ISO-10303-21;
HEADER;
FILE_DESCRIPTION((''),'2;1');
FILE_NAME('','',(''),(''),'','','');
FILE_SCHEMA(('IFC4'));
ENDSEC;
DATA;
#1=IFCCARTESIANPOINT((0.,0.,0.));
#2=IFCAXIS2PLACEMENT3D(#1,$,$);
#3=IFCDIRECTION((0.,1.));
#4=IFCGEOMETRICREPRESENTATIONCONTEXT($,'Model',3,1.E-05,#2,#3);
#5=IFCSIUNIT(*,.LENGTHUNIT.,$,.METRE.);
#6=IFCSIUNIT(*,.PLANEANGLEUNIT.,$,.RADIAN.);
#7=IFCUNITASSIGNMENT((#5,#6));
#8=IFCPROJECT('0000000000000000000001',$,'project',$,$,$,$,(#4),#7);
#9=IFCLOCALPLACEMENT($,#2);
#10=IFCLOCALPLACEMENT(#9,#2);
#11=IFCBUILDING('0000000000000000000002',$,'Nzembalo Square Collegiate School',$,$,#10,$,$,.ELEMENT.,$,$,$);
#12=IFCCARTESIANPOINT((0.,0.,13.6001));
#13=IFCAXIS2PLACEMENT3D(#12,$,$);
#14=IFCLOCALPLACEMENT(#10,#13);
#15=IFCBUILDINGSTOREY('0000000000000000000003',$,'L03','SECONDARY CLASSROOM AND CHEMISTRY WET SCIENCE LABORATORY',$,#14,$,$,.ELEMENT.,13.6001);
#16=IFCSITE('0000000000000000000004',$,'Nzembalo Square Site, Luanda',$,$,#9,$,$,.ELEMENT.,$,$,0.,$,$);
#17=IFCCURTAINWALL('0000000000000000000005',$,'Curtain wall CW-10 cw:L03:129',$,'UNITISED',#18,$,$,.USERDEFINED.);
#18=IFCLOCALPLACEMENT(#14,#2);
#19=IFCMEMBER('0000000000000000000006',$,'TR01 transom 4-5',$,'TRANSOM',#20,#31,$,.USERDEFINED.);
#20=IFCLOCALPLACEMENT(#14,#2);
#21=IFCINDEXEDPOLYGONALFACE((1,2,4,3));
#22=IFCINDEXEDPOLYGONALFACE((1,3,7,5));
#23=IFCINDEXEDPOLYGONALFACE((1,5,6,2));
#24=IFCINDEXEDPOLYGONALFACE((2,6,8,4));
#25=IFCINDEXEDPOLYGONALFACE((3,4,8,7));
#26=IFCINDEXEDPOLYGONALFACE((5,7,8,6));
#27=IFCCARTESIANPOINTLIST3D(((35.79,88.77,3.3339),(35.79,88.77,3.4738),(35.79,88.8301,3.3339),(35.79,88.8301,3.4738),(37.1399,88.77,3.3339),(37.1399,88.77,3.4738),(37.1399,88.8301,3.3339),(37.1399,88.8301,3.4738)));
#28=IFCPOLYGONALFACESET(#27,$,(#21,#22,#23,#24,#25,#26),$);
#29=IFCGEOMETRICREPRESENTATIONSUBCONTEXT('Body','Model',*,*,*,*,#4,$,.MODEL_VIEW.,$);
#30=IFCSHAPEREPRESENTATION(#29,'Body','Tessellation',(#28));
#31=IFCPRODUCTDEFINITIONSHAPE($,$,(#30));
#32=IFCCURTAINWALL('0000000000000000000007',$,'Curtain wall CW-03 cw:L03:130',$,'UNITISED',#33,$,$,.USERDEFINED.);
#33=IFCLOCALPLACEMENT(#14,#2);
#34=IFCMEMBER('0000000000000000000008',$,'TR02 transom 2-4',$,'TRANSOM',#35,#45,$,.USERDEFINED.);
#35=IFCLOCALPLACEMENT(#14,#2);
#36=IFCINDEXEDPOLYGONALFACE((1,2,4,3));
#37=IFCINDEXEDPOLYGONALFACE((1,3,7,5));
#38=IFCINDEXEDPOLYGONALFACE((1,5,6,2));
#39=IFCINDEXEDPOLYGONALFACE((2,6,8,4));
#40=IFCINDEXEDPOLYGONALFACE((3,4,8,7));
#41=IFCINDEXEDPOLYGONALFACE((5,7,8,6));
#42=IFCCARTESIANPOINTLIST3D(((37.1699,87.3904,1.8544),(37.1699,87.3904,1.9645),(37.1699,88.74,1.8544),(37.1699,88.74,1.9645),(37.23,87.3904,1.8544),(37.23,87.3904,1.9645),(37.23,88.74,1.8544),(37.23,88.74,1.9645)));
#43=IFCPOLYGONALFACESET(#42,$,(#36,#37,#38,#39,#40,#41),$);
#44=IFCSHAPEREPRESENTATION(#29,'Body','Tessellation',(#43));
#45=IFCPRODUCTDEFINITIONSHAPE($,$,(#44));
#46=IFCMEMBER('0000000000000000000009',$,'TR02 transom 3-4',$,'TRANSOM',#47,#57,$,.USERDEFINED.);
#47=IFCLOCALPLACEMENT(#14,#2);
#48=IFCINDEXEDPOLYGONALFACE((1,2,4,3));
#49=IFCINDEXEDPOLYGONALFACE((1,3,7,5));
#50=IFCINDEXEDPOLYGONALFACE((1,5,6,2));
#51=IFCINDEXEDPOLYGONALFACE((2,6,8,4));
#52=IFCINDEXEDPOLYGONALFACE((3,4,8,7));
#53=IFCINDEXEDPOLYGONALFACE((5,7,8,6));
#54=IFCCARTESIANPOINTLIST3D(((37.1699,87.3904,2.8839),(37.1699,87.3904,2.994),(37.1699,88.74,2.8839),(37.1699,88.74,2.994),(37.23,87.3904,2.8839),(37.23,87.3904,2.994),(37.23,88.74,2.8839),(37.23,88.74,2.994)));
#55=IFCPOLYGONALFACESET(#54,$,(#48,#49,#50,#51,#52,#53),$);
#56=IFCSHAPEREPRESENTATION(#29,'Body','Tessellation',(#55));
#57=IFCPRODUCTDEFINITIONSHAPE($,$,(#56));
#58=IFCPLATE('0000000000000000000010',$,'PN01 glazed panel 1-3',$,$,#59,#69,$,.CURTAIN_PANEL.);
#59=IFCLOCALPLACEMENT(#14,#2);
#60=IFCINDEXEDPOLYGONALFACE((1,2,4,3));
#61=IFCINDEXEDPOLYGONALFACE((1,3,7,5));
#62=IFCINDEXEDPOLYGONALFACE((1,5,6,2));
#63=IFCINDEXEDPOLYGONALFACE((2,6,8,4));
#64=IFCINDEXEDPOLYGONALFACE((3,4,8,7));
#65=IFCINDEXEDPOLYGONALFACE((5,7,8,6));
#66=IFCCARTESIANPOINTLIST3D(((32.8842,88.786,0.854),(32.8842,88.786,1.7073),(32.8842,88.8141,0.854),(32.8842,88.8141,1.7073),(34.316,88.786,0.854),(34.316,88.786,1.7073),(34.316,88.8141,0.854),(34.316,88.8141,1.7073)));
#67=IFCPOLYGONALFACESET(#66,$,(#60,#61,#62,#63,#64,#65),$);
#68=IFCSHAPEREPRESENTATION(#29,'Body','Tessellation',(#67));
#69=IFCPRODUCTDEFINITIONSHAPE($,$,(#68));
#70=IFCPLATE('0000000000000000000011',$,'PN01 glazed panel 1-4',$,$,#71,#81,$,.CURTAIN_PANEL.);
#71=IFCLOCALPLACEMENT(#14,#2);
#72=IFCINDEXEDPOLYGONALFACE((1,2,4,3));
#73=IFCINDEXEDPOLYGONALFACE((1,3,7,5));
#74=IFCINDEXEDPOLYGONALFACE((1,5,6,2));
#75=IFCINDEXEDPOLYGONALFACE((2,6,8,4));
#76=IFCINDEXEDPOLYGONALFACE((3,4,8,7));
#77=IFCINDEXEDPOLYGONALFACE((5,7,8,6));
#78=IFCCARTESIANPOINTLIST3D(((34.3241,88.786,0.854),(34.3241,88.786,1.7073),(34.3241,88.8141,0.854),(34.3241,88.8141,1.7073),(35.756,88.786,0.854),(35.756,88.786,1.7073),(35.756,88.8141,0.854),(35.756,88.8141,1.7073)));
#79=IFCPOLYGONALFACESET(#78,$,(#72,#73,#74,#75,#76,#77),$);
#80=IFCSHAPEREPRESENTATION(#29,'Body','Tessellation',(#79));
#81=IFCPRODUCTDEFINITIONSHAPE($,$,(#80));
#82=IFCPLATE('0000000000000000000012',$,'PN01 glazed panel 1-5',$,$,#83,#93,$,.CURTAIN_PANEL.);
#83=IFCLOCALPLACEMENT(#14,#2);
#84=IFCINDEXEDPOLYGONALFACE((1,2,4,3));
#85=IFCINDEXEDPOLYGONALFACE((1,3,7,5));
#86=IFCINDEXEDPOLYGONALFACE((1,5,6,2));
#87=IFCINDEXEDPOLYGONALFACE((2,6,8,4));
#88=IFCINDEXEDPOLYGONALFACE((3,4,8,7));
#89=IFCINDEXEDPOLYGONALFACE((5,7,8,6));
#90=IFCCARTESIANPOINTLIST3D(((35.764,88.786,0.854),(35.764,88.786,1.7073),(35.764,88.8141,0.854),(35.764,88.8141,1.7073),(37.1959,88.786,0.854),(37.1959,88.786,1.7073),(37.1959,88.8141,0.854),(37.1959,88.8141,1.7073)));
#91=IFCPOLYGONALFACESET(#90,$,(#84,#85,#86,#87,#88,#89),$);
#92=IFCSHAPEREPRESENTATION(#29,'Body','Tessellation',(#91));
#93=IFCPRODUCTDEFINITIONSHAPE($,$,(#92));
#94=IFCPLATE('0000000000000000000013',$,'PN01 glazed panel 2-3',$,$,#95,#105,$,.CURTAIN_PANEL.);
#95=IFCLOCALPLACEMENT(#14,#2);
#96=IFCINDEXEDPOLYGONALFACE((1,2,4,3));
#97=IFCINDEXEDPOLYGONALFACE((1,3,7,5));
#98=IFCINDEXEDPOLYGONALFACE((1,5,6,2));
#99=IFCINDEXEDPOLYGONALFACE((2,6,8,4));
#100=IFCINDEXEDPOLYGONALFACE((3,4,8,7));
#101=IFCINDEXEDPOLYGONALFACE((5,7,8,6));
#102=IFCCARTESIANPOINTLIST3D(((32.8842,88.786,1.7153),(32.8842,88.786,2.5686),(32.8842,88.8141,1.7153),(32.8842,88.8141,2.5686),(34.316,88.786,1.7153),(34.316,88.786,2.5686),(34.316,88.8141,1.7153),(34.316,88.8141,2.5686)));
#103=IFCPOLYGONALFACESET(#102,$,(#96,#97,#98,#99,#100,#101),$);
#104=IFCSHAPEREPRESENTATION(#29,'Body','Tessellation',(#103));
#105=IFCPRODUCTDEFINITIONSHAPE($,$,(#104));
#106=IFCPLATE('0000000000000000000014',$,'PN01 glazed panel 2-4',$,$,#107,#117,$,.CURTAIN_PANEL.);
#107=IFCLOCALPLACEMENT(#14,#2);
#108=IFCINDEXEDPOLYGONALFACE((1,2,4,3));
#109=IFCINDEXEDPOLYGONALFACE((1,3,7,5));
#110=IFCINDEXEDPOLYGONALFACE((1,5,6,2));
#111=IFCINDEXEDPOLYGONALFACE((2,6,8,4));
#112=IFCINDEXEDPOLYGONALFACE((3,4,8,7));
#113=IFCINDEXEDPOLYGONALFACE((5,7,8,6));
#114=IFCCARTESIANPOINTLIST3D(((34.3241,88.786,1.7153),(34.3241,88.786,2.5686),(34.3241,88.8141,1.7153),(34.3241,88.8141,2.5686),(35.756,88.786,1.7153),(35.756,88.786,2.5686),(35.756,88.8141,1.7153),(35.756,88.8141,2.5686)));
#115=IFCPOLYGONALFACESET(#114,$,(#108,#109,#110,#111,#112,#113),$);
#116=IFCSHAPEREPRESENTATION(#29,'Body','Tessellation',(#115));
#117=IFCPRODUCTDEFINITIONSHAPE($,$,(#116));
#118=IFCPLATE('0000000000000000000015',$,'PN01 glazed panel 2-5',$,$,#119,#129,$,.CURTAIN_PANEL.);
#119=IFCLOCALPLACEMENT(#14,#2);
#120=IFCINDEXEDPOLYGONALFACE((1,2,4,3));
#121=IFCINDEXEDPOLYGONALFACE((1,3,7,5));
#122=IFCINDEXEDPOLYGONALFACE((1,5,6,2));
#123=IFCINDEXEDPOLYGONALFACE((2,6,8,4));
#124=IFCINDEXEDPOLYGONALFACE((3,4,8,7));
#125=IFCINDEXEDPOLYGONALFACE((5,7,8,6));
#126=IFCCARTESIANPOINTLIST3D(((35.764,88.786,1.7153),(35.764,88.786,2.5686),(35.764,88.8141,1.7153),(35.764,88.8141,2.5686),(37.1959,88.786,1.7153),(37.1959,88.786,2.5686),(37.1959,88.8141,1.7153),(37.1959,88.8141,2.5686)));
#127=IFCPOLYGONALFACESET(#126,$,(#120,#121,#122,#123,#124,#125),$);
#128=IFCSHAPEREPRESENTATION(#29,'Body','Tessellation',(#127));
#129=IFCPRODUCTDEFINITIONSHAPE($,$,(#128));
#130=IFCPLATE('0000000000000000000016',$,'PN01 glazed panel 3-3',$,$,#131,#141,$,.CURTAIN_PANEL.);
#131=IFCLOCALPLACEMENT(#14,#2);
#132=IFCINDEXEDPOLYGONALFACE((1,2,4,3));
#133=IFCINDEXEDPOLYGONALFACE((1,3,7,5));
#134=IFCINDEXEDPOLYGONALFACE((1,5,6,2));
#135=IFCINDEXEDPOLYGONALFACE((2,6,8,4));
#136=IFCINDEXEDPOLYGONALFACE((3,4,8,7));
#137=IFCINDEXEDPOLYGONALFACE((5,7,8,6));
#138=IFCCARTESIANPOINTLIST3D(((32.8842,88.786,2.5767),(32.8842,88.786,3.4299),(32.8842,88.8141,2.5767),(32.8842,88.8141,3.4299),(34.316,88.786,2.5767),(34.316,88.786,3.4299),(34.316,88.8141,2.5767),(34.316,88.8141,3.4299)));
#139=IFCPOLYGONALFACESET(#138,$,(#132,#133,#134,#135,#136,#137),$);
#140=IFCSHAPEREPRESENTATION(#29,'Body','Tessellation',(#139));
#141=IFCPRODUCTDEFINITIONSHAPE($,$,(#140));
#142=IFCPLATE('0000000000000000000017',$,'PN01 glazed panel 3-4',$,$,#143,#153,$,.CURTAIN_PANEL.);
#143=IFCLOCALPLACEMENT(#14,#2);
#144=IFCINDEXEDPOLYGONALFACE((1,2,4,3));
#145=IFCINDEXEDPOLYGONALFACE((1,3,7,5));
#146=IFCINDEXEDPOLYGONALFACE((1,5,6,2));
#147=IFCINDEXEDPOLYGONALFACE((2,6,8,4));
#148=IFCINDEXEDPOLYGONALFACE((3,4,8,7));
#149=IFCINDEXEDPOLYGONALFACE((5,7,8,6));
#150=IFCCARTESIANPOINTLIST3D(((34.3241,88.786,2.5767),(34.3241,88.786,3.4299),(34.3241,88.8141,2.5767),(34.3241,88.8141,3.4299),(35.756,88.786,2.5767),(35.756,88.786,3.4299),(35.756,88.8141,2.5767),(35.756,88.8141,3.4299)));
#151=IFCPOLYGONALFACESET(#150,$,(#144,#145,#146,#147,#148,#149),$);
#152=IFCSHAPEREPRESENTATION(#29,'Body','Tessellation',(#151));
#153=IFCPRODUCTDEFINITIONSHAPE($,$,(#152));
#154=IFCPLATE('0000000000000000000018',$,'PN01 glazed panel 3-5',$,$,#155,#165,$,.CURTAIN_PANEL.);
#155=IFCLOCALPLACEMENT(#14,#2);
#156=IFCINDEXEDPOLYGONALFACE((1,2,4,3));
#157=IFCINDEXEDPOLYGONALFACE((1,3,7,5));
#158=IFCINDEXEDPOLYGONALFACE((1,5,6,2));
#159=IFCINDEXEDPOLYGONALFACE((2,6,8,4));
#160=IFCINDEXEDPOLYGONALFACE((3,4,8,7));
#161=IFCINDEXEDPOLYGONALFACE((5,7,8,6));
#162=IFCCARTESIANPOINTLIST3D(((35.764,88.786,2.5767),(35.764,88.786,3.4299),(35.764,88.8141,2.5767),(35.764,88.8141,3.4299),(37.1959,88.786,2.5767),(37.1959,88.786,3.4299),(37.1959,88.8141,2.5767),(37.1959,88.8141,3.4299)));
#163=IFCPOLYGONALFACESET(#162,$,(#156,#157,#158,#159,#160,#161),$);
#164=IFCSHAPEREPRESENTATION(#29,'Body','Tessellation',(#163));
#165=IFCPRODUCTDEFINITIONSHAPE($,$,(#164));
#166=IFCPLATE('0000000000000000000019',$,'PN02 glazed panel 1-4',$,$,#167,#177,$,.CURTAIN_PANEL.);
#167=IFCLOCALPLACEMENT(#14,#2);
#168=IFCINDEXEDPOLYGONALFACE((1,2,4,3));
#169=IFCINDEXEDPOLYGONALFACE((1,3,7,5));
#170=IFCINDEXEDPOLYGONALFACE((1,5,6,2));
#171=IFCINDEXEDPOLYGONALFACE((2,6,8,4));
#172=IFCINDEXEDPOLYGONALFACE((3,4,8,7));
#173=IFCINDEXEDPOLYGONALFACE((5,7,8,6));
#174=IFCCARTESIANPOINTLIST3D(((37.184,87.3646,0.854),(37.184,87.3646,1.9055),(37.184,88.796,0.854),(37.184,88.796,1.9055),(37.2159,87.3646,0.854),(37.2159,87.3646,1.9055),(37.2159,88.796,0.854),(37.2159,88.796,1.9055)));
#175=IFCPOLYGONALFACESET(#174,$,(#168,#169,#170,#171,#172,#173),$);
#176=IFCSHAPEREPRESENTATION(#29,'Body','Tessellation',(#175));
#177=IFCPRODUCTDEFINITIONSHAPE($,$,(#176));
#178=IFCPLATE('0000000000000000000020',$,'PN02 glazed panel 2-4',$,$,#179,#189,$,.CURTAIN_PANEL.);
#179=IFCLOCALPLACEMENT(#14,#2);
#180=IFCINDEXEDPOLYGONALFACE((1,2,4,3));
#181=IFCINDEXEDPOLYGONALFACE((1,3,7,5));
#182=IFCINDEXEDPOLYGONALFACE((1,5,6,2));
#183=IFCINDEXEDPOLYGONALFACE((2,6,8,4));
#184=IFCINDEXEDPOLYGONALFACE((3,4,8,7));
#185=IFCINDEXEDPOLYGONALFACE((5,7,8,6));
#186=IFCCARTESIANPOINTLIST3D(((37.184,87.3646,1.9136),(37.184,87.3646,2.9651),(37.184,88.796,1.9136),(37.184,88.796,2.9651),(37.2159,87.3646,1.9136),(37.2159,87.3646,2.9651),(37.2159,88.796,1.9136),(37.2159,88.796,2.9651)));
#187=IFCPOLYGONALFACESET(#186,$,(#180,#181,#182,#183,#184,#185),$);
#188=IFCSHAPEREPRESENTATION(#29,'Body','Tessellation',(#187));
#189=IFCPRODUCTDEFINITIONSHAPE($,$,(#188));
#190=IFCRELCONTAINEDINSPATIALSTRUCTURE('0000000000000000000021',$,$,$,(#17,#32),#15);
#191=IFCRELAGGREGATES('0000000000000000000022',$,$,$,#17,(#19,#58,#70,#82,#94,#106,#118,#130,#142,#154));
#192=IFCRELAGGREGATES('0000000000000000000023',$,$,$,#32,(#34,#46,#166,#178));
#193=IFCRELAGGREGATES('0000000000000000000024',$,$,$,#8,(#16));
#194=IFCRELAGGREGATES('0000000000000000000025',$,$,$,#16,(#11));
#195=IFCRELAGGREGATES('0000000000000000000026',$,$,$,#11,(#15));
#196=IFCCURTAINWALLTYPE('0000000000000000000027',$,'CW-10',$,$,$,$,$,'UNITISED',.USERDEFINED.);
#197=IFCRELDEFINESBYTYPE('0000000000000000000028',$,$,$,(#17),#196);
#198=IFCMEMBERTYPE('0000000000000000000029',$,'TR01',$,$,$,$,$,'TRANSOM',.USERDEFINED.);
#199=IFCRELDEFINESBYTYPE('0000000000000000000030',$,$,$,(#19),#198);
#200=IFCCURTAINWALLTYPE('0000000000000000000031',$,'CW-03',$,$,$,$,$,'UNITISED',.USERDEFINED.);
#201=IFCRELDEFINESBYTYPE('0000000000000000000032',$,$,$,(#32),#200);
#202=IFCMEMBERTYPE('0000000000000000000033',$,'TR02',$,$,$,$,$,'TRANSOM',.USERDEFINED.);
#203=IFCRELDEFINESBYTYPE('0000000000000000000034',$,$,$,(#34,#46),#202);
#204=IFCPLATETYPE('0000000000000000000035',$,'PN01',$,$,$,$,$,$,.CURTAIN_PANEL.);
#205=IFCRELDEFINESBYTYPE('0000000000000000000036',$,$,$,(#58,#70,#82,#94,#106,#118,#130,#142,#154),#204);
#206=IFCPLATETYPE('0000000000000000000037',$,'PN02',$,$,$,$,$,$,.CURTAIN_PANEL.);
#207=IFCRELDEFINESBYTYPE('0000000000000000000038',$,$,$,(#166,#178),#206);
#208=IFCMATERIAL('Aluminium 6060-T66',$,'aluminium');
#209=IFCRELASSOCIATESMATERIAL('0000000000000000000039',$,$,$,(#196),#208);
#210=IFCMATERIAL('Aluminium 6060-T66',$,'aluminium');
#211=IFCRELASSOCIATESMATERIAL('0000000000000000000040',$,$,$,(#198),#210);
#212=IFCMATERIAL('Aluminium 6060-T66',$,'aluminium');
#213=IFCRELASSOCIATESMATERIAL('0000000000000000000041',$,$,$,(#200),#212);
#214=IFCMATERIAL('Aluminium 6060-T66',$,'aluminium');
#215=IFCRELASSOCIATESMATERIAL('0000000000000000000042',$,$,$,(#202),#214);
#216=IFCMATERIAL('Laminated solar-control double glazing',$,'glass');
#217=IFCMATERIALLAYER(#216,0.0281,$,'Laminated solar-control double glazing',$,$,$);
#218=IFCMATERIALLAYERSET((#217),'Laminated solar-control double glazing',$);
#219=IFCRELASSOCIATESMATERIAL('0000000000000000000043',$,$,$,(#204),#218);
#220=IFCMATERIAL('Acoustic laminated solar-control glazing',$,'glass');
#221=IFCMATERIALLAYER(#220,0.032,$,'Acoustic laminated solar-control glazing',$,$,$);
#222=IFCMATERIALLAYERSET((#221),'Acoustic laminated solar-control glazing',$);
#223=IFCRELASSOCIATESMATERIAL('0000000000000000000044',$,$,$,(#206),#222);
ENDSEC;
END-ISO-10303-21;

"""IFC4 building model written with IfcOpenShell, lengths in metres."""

from ifc_helpers import new_model, si_unit, direction, frame, origin, origin_2d, place, context, subcontext, project, spatial, rectangle, extrude, material, layer, layer_set, material_profile, profile_set, type_object, element, aggregate, save


model = new_model("IFC4")

# Units and contexts
model_context = context("Model", 3, precision=1e-05, world=origin(), true_north=direction((0.0, 1.0)))
body_context = subcontext(model_context, "Body", "Model", "MODEL_VIEW")
ifc_project = project(units=[si_unit("LENGTHUNIT", "METRE"), si_unit("PLANEANGLEUNIT", "RADIAN")], contexts=[model_context])

# Site, building, storey
site_placement = place(None, origin())
site = spatial("IfcSite", under=ifc_project, at=site_placement, Name="Nzembalo Square Site, Luanda", CompositionType="ELEMENT", RefElevation=0.0)
building_placement = place(site_placement, origin())
building = spatial("IfcBuilding", under=site, at=building_placement, Name="Nzembalo Square Collegiate School", CompositionType="ELEMENT")
storey_placement = place(building_placement, frame((0.0, 0.0, 13.6001)))
storey = spatial("IfcBuildingStorey", under=building, at=storey_placement, Name="L03", Description="SECONDARY CLASSROOM AND CHEMISTRY WET SCIENCE LABORATORY", CompositionType="ELEMENT", Elevation=13.6001)

# Curtain walls, members
ifc_material_1 = material(Name="Aluminium 6060-T66", Category="aluminium")
curtain_wall_type_1 = type_object("IfcCurtainWallType", Name="CW-10", ElementType="UNITISED", PredefinedType="USERDEFINED", material=ifc_material_1)
curtain_wall_1_placement = place(storey_placement, origin())
curtain_wall_1 = element("IfcCurtainWall", 1, at=curtain_wall_1_placement, inside=storey, type_object=curtain_wall_type_1, Name="Curtain wall CW-10 cw:L03:129", ObjectType="UNITISED", PredefinedType="USERDEFINED")
ifc_material_2 = material(Name="Aluminium 6060-T66", Category="aluminium")
ifc_material_profile_1 = material_profile(ifc_material_2, rectangle(XDim=0.0601, YDim=0.1399, at=origin_2d()), Name="ALU T60x140")
ifc_profile_set_1 = profile_set([ifc_material_profile_1], Name="Aluminium 6060-T66")
member_type_1 = type_object("IfcMemberType", Name="TR01", ElementType="TRANSOM", PredefinedType="USERDEFINED", material=ifc_profile_set_1)
member_1_placement = place(storey_placement, frame((35.79, 88.8, 3.4038), z_axis=(1.0, 0.0, 0.0), x_axis=(0.0, 1.0, 0.0)))
member_1 = element("IfcMember", 2, at=member_1_placement, type_object=member_type_1, Name="TR01 transom 4-5", ObjectType="TRANSOM", PredefinedType="USERDEFINED", context=body_context, shape_type="SweptSolid", body=[
    extrude(rectangle(XDim=0.0601, YDim=0.1399, at=origin_2d()), origin(), (0.0, 0.0, 1.0), 1.3499),
])
ifc_material_3 = material(Name="Aluminium 6060-T66", Category="aluminium")
curtain_wall_type_2 = type_object("IfcCurtainWallType", Name="CW-03", ElementType="UNITISED", PredefinedType="USERDEFINED", material=ifc_material_3)
curtain_wall_2_placement = place(storey_placement, origin())
curtain_wall_2 = element("IfcCurtainWall", 3, at=curtain_wall_2_placement, inside=storey, type_object=curtain_wall_type_2, Name="Curtain wall CW-03 cw:L03:130", ObjectType="UNITISED", PredefinedType="USERDEFINED")
ifc_material_4 = material(Name="Aluminium 6060-T66", Category="aluminium")
ifc_material_profile_2 = material_profile(ifc_material_4, rectangle(XDim=0.0601, YDim=0.1101, at=origin_2d()), Name="ALU T60x110")
ifc_profile_set_2 = profile_set([ifc_material_profile_2], Name="Aluminium 6060-T66")
member_type_2 = type_object("IfcMemberType", Name="TR02", ElementType="TRANSOM", PredefinedType="USERDEFINED", material=ifc_profile_set_2)
member_2_placement = place(storey_placement, frame((37.2, 87.3904, 1.9094), z_axis=(0.0, 1.0, 0.0), x_axis=(-1.0, 0.0, 0.0)))
member_2 = element("IfcMember", 4, at=member_2_placement, type_object=member_type_2, Name="TR02 transom 2-4", ObjectType="TRANSOM", PredefinedType="USERDEFINED", context=body_context, shape_type="SweptSolid", body=[
    extrude(rectangle(XDim=0.0601, YDim=0.1101, at=origin_2d()), origin(), (0.0, 0.0, 1.0), 1.3496),
])
member_3_placement = place(storey_placement, frame((37.2, 87.3904, 2.939), z_axis=(0.0, 1.0, 0.0), x_axis=(-1.0, 0.0, 0.0)))
member_3 = element("IfcMember", 5, at=member_3_placement, type_object=member_type_2, Name="TR02 transom 3-4", ObjectType="TRANSOM", PredefinedType="USERDEFINED", context=body_context, shape_type="SweptSolid", body=[
    extrude(rectangle(XDim=0.0601, YDim=0.1101, at=origin_2d()), origin(), (0.0, 0.0, 1.0), 1.3496),
])

# Plates
ifc_material_5 = material(Name="Laminated solar-control double glazing", Category="glass")
ifc_layer_1 = layer(ifc_material_5, 0.0281, Name="Laminated solar-control double glazing")
ifc_layer_set_1 = layer_set([ifc_layer_1], Name="Laminated solar-control double glazing")
plate_type_1 = type_object("IfcPlateType", Name="PN01", PredefinedType="CURTAIN_PANEL", material=ifc_layer_set_1)
plate_1_placement = place(storey_placement, frame((33.6001, 88.8, 0.854), z_axis=(0.0, 0.0, 1.0), x_axis=(1.0, 0.0, 0.0)))
plate_1 = element("IfcPlate", 6, at=plate_1_placement, type_object=plate_type_1, Name="PN01 glazed panel 1-3", PredefinedType="CURTAIN_PANEL", context=body_context, shape_type="SweptSolid", body=[
    extrude(rectangle(XDim=1.4319, YDim=0.0281, at=origin_2d()), origin(), (0.0, 0.0, 1.0), 0.8533),
])
plate_2_placement = place(storey_placement, frame((35.04, 88.8, 0.854), z_axis=(0.0, 0.0, 1.0), x_axis=(1.0, 0.0, 0.0)))
plate_2 = element("IfcPlate", 7, at=plate_2_placement, type_object=plate_type_1, Name="PN01 glazed panel 1-4", PredefinedType="CURTAIN_PANEL", context=body_context, shape_type="SweptSolid", body=[
    extrude(rectangle(XDim=1.4319, YDim=0.0281, at=origin_2d()), origin(), (0.0, 0.0, 1.0), 0.8533),
])
plate_3_placement = place(storey_placement, frame((36.48, 88.8, 0.854), z_axis=(0.0, 0.0, 1.0), x_axis=(1.0, 0.0, 0.0)))
plate_3 = element("IfcPlate", 8, at=plate_3_placement, type_object=plate_type_1, Name="PN01 glazed panel 1-5", PredefinedType="CURTAIN_PANEL", context=body_context, shape_type="SweptSolid", body=[
    extrude(rectangle(XDim=1.4319, YDim=0.0281, at=origin_2d()), origin(), (0.0, 0.0, 1.0), 0.8533),
])
plate_4_placement = place(storey_placement, frame((33.6001, 88.8, 1.7153), z_axis=(0.0, 0.0, 1.0), x_axis=(1.0, 0.0, 0.0)))
plate_4 = element("IfcPlate", 9, at=plate_4_placement, type_object=plate_type_1, Name="PN01 glazed panel 2-3", PredefinedType="CURTAIN_PANEL", context=body_context, shape_type="SweptSolid", body=[
    extrude(rectangle(XDim=1.4319, YDim=0.0281, at=origin_2d()), origin(), (0.0, 0.0, 1.0), 0.8533),
])
plate_5_placement = place(storey_placement, frame((35.04, 88.8, 1.7153), z_axis=(0.0, 0.0, 1.0), x_axis=(1.0, 0.0, 0.0)))
plate_5 = element("IfcPlate", 10, at=plate_5_placement, type_object=plate_type_1, Name="PN01 glazed panel 2-4", PredefinedType="CURTAIN_PANEL", context=body_context, shape_type="SweptSolid", body=[
    extrude(rectangle(XDim=1.4319, YDim=0.0281, at=origin_2d()), origin(), (0.0, 0.0, 1.0), 0.8533),
])
plate_6_placement = place(storey_placement, frame((36.48, 88.8, 1.7153), z_axis=(0.0, 0.0, 1.0), x_axis=(1.0, 0.0, 0.0)))
plate_6 = element("IfcPlate", 11, at=plate_6_placement, type_object=plate_type_1, Name="PN01 glazed panel 2-5", PredefinedType="CURTAIN_PANEL", context=body_context, shape_type="SweptSolid", body=[
    extrude(rectangle(XDim=1.4319, YDim=0.0281, at=origin_2d()), origin(), (0.0, 0.0, 1.0), 0.8533),
])
plate_7_placement = place(storey_placement, frame((33.6001, 88.8, 2.5767), z_axis=(0.0, 0.0, 1.0), x_axis=(1.0, 0.0, 0.0)))
plate_7 = element("IfcPlate", 12, at=plate_7_placement, type_object=plate_type_1, Name="PN01 glazed panel 3-3", PredefinedType="CURTAIN_PANEL", context=body_context, shape_type="SweptSolid", body=[
    extrude(rectangle(XDim=1.4319, YDim=0.0281, at=origin_2d()), origin(), (0.0, 0.0, 1.0), 0.8533),
])
plate_8_placement = place(storey_placement, frame((35.04, 88.8, 2.5767), z_axis=(0.0, 0.0, 1.0), x_axis=(1.0, 0.0, 0.0)))
plate_8 = element("IfcPlate", 13, at=plate_8_placement, type_object=plate_type_1, Name="PN01 glazed panel 3-4", PredefinedType="CURTAIN_PANEL", context=body_context, shape_type="SweptSolid", body=[
    extrude(rectangle(XDim=1.4319, YDim=0.0281, at=origin_2d()), origin(), (0.0, 0.0, 1.0), 0.8533),
])
plate_9_placement = place(storey_placement, frame((36.48, 88.8, 2.5767), z_axis=(0.0, 0.0, 1.0), x_axis=(1.0, 0.0, 0.0)))
plate_9 = element("IfcPlate", 14, at=plate_9_placement, type_object=plate_type_1, Name="PN01 glazed panel 3-5", PredefinedType="CURTAIN_PANEL", context=body_context, shape_type="SweptSolid", body=[
    extrude(rectangle(XDim=1.4319, YDim=0.0281, at=origin_2d()), origin(), (0.0, 0.0, 1.0), 0.8533),
])
aggregate(curtain_wall_1, [member_1, plate_1, plate_2, plate_3, plate_4, plate_5, plate_6, plate_7, plate_8, plate_9])
ifc_material_6 = material(Name="Acoustic laminated solar-control glazing", Category="glass")
ifc_layer_2 = layer(ifc_material_6, 0.032, Name="Acoustic laminated solar-control glazing")
ifc_layer_set_2 = layer_set([ifc_layer_2], Name="Acoustic laminated solar-control glazing")
plate_type_2 = type_object("IfcPlateType", Name="PN02", PredefinedType="CURTAIN_PANEL", material=ifc_layer_set_2)
plate_10_placement = place(storey_placement, frame((37.2, 88.0803, 0.854), z_axis=(0.0, 0.0, 1.0), x_axis=(0.0, 1.0, 0.0)))
plate_10 = element("IfcPlate", 15, at=plate_10_placement, type_object=plate_type_2, Name="PN02 glazed panel 1-4", PredefinedType="CURTAIN_PANEL", context=body_context, shape_type="SweptSolid", body=[
    extrude(rectangle(XDim=1.4314, YDim=0.032, at=origin_2d()), origin(), (0.0, 0.0, 1.0), 1.0515),
])
plate_11_placement = place(storey_placement, frame((37.2, 88.0803, 1.9136), z_axis=(0.0, 0.0, 1.0), x_axis=(0.0, 1.0, 0.0)))
plate_11 = element("IfcPlate", 16, at=plate_11_placement, type_object=plate_type_2, Name="PN02 glazed panel 2-4", PredefinedType="CURTAIN_PANEL", context=body_context, shape_type="SweptSolid", body=[
    extrude(rectangle(XDim=1.4314, YDim=0.032, at=origin_2d()), origin(), (0.0, 0.0, 1.0), 1.0515),
])
aggregate(curtain_wall_2, [member_2, member_3, plate_10, plate_11])

save(model, "model.ifc")
